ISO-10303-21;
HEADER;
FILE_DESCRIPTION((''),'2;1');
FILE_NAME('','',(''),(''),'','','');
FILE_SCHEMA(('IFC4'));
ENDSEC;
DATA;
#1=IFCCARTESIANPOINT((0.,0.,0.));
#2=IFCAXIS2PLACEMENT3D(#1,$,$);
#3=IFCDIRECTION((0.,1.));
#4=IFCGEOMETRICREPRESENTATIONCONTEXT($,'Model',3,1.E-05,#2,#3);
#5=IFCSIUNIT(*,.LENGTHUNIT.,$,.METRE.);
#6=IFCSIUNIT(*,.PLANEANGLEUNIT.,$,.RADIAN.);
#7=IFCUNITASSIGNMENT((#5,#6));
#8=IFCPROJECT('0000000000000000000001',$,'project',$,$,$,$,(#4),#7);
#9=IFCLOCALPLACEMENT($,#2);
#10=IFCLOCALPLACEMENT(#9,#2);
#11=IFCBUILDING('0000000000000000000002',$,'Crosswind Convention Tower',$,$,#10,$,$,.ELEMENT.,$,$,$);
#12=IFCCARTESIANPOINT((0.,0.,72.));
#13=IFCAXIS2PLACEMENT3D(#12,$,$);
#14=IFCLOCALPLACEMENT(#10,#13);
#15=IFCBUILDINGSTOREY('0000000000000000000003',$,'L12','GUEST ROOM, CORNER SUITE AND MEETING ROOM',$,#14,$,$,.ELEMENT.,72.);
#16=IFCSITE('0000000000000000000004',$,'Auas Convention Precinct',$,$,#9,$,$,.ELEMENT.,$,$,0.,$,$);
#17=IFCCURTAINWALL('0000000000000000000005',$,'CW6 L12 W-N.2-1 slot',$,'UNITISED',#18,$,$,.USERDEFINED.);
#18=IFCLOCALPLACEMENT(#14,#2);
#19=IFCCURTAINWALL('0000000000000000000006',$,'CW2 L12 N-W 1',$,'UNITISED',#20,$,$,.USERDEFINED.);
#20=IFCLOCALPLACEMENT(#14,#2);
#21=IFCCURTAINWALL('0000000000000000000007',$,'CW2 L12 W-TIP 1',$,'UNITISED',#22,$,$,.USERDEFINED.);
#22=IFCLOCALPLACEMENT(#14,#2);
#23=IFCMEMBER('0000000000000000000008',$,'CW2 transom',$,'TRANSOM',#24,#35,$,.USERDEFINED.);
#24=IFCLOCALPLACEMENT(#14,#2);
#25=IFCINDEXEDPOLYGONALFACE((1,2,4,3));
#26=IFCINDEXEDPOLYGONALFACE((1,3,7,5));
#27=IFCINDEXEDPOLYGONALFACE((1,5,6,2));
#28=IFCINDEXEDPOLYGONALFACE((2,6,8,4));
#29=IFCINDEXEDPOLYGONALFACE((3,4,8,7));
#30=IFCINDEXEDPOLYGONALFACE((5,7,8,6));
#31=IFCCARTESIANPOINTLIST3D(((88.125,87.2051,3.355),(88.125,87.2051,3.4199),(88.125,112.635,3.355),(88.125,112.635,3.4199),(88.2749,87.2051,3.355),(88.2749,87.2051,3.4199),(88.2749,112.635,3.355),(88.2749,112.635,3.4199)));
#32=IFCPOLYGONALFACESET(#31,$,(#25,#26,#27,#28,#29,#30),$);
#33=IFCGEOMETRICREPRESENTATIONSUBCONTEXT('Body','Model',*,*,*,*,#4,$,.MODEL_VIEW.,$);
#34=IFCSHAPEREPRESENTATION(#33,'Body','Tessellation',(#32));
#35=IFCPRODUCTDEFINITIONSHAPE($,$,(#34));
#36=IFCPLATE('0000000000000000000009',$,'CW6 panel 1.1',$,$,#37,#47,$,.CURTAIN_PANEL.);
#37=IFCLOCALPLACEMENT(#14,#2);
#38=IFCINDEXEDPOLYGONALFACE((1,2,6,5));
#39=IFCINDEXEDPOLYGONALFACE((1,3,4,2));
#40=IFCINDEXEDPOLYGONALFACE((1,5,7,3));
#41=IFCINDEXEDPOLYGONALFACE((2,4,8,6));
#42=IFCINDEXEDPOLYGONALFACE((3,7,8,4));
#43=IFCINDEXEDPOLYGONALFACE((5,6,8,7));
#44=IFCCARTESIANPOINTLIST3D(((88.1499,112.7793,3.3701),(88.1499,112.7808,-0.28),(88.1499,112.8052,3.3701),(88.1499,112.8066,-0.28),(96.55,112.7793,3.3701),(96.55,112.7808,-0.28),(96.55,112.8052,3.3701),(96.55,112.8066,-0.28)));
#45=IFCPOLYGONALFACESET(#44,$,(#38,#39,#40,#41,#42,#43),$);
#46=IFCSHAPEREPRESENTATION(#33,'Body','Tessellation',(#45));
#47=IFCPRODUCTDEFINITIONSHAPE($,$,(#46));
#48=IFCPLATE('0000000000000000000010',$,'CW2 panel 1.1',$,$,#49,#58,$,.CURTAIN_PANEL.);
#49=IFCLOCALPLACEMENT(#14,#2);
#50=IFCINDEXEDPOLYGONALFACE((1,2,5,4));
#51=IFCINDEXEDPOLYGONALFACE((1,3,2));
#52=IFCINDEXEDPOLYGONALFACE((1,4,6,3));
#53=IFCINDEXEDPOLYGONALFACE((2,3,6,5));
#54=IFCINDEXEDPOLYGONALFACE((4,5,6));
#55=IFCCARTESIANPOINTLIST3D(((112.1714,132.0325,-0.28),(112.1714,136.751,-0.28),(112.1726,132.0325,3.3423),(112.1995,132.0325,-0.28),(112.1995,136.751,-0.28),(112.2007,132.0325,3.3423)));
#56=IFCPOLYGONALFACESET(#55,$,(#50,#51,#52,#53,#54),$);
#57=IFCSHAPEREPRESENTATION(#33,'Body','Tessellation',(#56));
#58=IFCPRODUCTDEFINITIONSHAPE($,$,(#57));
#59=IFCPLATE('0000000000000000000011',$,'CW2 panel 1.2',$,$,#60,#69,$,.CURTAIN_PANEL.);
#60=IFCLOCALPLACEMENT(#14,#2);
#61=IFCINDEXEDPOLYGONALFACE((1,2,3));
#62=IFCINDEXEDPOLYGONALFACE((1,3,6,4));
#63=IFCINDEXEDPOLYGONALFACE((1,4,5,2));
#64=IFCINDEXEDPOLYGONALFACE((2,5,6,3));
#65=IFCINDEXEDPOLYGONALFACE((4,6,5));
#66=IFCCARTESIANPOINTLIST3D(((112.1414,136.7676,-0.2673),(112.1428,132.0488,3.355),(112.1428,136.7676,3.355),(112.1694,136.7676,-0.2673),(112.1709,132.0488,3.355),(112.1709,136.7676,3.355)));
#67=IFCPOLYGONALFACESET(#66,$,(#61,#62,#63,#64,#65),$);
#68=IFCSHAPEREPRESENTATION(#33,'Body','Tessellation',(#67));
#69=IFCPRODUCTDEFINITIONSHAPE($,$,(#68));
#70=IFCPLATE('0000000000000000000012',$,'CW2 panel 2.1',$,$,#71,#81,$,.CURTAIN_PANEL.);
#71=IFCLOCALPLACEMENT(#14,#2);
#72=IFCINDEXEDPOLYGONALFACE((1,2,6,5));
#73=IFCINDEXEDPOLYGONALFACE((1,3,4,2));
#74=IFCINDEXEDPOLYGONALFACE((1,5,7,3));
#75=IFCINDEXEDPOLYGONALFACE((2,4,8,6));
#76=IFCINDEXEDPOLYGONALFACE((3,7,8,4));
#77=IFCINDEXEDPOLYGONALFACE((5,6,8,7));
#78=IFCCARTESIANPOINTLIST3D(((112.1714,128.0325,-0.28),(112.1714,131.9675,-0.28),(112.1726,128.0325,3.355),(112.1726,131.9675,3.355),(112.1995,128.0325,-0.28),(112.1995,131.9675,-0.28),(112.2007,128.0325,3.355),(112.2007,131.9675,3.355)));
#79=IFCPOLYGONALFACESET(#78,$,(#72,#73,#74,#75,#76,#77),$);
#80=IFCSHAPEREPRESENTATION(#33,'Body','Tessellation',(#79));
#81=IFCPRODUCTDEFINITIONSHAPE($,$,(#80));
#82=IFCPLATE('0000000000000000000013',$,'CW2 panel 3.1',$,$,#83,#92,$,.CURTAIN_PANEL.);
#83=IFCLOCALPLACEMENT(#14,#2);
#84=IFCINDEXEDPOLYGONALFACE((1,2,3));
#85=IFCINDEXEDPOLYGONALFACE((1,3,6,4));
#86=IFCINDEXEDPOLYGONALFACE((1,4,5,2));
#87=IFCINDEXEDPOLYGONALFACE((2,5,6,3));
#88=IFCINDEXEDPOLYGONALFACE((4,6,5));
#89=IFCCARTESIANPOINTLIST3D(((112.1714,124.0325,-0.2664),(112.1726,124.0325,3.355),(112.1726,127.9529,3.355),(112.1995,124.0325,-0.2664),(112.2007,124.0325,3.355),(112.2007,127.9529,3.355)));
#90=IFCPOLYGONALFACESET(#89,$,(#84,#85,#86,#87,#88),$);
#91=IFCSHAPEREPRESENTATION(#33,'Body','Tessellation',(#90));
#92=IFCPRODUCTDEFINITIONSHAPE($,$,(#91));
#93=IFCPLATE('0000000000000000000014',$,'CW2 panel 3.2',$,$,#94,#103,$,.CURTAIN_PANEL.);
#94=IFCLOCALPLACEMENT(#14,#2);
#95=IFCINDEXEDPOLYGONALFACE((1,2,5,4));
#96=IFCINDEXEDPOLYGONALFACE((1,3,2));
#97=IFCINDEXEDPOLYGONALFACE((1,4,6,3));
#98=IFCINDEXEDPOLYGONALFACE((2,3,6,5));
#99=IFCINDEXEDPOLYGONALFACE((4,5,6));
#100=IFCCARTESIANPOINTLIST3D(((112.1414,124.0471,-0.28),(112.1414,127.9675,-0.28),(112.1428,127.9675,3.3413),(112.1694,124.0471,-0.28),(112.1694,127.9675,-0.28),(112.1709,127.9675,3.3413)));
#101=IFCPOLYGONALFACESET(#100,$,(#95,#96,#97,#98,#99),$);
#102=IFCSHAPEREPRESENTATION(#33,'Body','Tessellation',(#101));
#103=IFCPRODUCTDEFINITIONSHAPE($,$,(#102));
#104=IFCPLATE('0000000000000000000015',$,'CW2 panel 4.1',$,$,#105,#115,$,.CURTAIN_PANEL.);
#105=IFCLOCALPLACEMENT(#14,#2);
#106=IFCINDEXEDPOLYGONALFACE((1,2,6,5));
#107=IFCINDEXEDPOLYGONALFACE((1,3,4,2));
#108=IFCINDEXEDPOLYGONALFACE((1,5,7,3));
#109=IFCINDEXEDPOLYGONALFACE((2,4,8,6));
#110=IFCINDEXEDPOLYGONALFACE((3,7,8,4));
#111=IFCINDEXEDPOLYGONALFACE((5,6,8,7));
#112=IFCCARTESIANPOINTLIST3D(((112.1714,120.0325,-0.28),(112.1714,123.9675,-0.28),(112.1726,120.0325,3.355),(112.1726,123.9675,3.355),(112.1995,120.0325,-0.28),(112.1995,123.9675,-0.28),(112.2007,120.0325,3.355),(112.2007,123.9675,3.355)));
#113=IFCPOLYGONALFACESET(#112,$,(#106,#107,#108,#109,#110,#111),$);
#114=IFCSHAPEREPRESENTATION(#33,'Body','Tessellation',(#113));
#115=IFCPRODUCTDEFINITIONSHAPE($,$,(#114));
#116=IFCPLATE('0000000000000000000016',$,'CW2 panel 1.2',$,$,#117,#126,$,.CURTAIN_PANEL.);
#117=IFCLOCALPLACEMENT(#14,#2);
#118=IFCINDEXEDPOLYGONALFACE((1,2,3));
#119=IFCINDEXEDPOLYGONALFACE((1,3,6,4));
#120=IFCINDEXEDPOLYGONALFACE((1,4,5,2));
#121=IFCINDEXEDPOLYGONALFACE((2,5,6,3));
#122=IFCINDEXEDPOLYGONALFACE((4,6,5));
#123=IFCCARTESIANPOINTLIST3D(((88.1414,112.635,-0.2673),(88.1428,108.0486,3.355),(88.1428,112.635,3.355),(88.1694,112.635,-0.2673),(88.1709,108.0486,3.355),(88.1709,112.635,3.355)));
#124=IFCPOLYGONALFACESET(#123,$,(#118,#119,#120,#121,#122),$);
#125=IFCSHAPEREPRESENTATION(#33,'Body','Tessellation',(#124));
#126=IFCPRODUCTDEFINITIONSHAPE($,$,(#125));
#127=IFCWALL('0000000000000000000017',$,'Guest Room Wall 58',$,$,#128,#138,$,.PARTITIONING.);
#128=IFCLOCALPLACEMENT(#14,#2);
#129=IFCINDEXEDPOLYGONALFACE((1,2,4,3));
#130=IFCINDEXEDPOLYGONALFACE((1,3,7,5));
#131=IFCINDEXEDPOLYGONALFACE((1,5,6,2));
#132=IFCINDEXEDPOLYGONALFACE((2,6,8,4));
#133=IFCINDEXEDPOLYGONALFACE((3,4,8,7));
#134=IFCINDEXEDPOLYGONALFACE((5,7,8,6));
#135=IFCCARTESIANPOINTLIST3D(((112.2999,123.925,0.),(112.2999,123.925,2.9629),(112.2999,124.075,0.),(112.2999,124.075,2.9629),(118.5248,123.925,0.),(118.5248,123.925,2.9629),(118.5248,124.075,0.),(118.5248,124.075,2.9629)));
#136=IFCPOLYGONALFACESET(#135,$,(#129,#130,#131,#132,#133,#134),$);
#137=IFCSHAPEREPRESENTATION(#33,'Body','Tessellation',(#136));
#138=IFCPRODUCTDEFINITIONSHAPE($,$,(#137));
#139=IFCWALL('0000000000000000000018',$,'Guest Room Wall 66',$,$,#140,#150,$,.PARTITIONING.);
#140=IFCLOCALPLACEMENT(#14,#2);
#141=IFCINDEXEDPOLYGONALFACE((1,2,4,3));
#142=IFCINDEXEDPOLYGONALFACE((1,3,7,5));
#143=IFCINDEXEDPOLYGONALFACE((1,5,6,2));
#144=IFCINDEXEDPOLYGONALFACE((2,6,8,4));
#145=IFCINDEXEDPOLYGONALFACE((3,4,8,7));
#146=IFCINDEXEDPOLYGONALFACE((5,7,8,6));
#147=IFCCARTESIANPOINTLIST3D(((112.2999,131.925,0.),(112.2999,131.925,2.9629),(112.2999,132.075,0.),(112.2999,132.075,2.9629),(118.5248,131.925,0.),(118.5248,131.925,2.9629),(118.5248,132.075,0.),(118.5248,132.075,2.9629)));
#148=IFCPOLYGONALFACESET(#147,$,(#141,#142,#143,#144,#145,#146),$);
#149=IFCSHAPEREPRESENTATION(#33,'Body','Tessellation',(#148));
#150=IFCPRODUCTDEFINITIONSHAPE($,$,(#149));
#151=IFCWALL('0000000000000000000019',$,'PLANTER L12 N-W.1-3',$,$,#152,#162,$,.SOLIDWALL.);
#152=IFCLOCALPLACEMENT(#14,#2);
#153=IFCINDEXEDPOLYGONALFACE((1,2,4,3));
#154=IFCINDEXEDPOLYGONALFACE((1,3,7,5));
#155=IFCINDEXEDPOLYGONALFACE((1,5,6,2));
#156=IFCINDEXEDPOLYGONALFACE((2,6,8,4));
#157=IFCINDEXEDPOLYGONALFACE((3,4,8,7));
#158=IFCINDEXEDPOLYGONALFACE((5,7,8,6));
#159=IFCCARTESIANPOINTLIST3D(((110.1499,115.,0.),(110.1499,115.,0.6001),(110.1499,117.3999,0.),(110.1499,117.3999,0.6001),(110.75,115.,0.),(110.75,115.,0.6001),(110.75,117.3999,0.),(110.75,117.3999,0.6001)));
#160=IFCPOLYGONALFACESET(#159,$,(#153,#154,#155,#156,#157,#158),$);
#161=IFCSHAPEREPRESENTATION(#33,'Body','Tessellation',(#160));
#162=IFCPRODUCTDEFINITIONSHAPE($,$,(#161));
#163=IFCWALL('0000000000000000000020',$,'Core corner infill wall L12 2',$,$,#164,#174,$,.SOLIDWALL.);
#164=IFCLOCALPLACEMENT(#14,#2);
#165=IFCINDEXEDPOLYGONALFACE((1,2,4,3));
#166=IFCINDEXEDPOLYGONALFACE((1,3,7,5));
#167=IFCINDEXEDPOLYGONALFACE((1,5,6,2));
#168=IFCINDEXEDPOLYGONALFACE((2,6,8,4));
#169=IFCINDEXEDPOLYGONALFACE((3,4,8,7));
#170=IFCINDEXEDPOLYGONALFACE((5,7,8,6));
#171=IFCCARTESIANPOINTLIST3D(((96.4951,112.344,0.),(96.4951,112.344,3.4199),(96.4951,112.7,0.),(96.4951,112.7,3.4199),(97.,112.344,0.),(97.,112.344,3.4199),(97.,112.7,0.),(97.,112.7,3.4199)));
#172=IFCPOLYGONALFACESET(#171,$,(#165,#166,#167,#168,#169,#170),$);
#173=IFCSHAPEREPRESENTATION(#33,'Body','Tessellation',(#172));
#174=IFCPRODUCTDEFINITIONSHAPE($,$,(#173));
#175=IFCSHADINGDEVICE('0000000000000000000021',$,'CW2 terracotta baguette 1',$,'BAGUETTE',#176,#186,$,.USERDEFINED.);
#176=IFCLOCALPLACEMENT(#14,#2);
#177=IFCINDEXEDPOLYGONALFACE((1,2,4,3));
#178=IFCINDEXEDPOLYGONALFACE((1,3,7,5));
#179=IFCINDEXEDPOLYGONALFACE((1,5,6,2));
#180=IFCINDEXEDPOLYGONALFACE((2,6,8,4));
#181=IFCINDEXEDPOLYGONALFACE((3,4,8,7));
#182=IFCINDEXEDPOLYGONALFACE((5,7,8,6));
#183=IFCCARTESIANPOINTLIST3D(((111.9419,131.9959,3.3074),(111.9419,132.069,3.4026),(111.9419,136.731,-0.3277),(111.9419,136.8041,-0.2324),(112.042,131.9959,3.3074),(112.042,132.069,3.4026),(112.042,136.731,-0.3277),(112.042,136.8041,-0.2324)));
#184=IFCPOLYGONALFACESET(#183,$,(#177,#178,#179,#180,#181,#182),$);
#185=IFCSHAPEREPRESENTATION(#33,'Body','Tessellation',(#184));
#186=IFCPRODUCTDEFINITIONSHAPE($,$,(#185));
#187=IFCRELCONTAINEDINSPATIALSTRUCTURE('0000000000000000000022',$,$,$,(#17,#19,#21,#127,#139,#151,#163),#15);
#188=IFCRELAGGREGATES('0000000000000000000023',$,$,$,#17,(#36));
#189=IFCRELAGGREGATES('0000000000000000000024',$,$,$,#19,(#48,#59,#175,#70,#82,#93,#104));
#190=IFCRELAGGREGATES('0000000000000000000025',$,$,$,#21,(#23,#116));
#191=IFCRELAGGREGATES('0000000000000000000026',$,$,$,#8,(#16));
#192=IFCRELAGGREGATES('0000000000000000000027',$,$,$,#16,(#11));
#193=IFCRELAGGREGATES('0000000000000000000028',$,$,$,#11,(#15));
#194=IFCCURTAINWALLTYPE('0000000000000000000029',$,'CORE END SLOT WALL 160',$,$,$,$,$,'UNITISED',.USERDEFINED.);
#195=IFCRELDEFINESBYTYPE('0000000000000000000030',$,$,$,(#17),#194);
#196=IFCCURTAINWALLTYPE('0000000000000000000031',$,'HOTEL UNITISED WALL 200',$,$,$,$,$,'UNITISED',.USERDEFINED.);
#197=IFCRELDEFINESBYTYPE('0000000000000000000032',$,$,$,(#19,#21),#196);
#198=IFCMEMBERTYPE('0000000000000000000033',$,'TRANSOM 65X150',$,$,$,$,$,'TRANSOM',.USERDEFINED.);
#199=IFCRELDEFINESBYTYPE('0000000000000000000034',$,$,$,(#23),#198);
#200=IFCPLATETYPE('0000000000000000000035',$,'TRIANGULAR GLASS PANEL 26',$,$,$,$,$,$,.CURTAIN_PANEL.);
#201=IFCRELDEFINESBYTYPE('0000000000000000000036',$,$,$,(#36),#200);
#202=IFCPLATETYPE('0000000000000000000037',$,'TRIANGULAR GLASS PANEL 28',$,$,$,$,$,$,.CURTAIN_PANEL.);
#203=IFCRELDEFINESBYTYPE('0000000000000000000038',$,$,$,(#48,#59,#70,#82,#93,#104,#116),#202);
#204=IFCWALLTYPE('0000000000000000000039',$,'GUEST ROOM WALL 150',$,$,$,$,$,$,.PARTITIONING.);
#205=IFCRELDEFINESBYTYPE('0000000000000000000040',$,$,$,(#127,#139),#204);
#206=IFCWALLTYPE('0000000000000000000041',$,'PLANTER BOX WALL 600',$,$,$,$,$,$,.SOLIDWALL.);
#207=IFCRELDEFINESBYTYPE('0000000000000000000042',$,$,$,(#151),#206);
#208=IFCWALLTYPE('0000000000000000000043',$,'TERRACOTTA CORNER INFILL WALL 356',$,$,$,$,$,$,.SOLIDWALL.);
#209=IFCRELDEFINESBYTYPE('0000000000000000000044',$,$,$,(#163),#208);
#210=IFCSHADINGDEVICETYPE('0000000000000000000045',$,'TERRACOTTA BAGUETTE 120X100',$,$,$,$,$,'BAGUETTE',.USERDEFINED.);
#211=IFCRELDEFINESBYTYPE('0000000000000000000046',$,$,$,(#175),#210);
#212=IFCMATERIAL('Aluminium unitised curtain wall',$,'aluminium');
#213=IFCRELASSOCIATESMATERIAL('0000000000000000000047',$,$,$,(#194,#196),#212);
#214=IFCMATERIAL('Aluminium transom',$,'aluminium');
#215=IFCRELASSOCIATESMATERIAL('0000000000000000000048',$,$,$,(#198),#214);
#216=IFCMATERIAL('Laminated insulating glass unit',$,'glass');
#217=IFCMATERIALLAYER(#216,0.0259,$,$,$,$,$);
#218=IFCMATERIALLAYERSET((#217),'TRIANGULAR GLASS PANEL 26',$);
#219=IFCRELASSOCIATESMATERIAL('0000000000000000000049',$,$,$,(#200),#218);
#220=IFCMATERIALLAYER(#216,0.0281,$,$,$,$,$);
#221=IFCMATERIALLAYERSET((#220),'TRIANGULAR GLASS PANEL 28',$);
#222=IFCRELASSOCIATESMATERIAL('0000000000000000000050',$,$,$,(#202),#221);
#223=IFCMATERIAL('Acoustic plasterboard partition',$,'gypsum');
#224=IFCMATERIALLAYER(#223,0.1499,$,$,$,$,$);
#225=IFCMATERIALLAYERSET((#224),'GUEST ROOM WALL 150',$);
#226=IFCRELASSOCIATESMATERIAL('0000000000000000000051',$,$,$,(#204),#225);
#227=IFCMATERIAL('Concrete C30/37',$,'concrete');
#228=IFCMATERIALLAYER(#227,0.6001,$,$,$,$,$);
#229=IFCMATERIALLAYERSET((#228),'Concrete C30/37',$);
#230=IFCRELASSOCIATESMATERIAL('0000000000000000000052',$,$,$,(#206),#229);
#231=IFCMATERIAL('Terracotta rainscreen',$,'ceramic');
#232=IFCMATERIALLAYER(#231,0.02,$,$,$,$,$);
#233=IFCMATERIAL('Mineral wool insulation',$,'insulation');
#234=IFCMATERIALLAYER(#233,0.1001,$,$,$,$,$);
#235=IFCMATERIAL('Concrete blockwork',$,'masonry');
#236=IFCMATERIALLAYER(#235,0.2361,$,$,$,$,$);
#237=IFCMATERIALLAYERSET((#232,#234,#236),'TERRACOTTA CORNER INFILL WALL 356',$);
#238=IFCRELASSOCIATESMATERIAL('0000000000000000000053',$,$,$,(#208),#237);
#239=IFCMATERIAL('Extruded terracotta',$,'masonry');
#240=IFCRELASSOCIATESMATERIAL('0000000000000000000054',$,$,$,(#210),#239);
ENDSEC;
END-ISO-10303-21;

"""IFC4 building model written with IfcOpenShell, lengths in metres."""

from ifc_helpers import new_model, si_unit, direction, frame, frame_2d, origin, origin_2d, place, context, subcontext, project, spatial, polyline, rectangle, outline, extrude, material, layer, layer_set, material_profile, profile_set, type_object, element, aggregate, save


model = new_model("IFC4")

# Units and contexts
model_context = context("Model", 3, precision=1e-05, world=origin(), true_north=direction((0.0, 1.0)))
body_context = subcontext(model_context, "Body", "Model", "MODEL_VIEW")
ifc_project = project(units=[si_unit("LENGTHUNIT", "METRE"), si_unit("PLANEANGLEUNIT", "RADIAN")], contexts=[model_context])

# Site, building, storey
site_placement = place(None, origin())
site = spatial("IfcSite", under=ifc_project, at=site_placement, Name="Auas Convention Precinct", CompositionType="ELEMENT", RefElevation=0.0)
building_placement = place(site_placement, origin())
building = spatial("IfcBuilding", under=site, at=building_placement, Name="Crosswind Convention Tower", CompositionType="ELEMENT")
storey_placement = place(building_placement, frame((0.0, 0.0, 72.0)))
storey = spatial("IfcBuildingStorey", under=building, at=storey_placement, Name="L12", Description="GUEST ROOM, CORNER SUITE AND MEETING ROOM", CompositionType="ELEMENT", Elevation=72.0)

# Curtain wall
ifc_material_1 = material(Name="Aluminium unitised curtain wall", Category="aluminium")
curtain_wall_type_1 = type_object("IfcCurtainWallType", Name="CORE END SLOT WALL 160", ElementType="UNITISED", PredefinedType="USERDEFINED", material=ifc_material_1)
curtain_wall_1_placement = place(storey_placement, origin())
curtain_wall_1 = element("IfcCurtainWall", 1, at=curtain_wall_1_placement, inside=storey, type_object=curtain_wall_type_1, Name="CW6 L12 W-N.2-1 slot", ObjectType="UNITISED", PredefinedType="USERDEFINED")

# Shared definitions
curtain_wall_type_2 = type_object("IfcCurtainWallType", Name="HOTEL UNITISED WALL 200", ElementType="UNITISED", PredefinedType="USERDEFINED", material=ifc_material_1)

# Curtain wall
curtain_wall_2_placement = place(storey_placement, origin())
curtain_wall_2 = element("IfcCurtainWall", 2, at=curtain_wall_2_placement, inside=storey, type_object=curtain_wall_type_2, Name="CW2 L12 N-W 1", ObjectType="UNITISED", PredefinedType="USERDEFINED")

# Curtain wall
curtain_wall_3_placement = place(storey_placement, origin())
curtain_wall_3 = element("IfcCurtainWall", 3, at=curtain_wall_3_placement, inside=storey, type_object=curtain_wall_type_2, Name="CW2 L12 W-TIP 1", ObjectType="UNITISED", PredefinedType="USERDEFINED")

# Member
ifc_material_2 = material(Name="Aluminium transom", Category="aluminium")
ifc_material_profile_1 = material_profile(ifc_material_2, rectangle(XDim=0.1499, YDim=0.0649, at=origin_2d()), Name="AL 150X65")
ifc_profile_set_1 = profile_set([ifc_material_profile_1], Name="Aluminium transom")
member_type_1 = type_object("IfcMemberType", Name="TRANSOM 65X150", ElementType="TRANSOM", PredefinedType="USERDEFINED", material=ifc_profile_set_1)
member_1_placement = place(storey_placement, frame((88.2, 112.635, 3.3875), z_axis=(0.0, -1.0, 0.0), x_axis=(1.0, 0.0, 0.0)))
member_1 = element("IfcMember", 4, at=member_1_placement, type_object=member_type_1, Name="CW2 transom", ObjectType="TRANSOM", PredefinedType="USERDEFINED", context=body_context, shape_type="SweptSolid", body=[
    extrude(rectangle(XDim=0.1499, YDim=0.0649, at=origin_2d()), origin(), (0.0, 0.0, 1.0), 25.4299),
])

# Plates
ifc_material_3 = material(Name="Laminated insulating glass unit", Category="glass")
ifc_layer_1 = layer(ifc_material_3, 0.0259)
ifc_layer_set_1 = layer_set([ifc_layer_1], Name="TRIANGULAR GLASS PANEL 26")
plate_type_1 = type_object("IfcPlateType", Name="TRIANGULAR GLASS PANEL 26", PredefinedType="CURTAIN_PANEL", material=ifc_layer_set_1)
plate_1_placement = place(storey_placement, frame((96.55, 112.8066, -0.28), z_axis=(0.0, 1.0, 0.000401), x_axis=(-1.0, 0.0, 0.0)))
plate_1 = element("IfcPlate", 5, at=plate_1_placement, type_object=plate_type_1, Name="CW6 panel 1.1", PredefinedType="CURTAIN_PANEL", context=body_context, shape_type="SweptSolid", body=[
    extrude(outline(polyline([(0.0, 0.0), (8.4001, 0.0), (8.4001, 3.6501), (0.0, 3.6501), (0.0, 0.0)])), origin(), (0.0, 0.0, -1.0), 0.0259),
])
aggregate(curtain_wall_1, [plate_1])
ifc_layer_2 = layer(ifc_material_3, 0.0281)
ifc_layer_set_2 = layer_set([ifc_layer_2], Name="TRIANGULAR GLASS PANEL 28")
plate_type_2 = type_object("IfcPlateType", Name="TRIANGULAR GLASS PANEL 28", PredefinedType="CURTAIN_PANEL", material=ifc_layer_set_2)
plate_2_placement = place(storey_placement, frame((112.1714, 132.0325, -0.28), z_axis=(-1.0, 0.0, 0.000337), x_axis=(0.000337, 0.0, 1.0)))
plate_2 = element("IfcPlate", 6, at=plate_2_placement, type_object=plate_type_2, Name="CW2 panel 1.1", PredefinedType="CURTAIN_PANEL", context=body_context, shape_type="SweptSolid", body=[
    extrude(outline(polyline([(0.0, 0.0), (3.6223, 0.0), (0.0, 4.7185), (0.0, 0.0)])), origin(), (0.0, 0.0, -1.0), 0.0281),
])
plate_3_placement = place(storey_placement, frame((112.1428, 136.7676, 3.355), z_axis=(-1.0, 0.0, 0.000404), x_axis=(-0.000404, 0.0, -1.0)))
plate_3 = element("IfcPlate", 7, at=plate_3_placement, type_object=plate_type_2, Name="CW2 panel 1.2", PredefinedType="CURTAIN_PANEL", context=body_context, shape_type="SweptSolid", body=[
    extrude(outline(polyline([(0.0, 0.0), (3.6223, 0.0), (0.0, 4.7188), (0.0, 0.0)])), origin(), (0.0, 0.0, -1.0), 0.0281),
])
plate_4_placement = place(storey_placement, frame((112.1714, 131.9675, -0.28), z_axis=(-1.0, 0.0, 0.000336), x_axis=(0.0, -1.0, 0.0)))
plate_4 = element("IfcPlate", 8, at=plate_4_placement, type_object=plate_type_2, Name="CW2 panel 2.1", PredefinedType="CURTAIN_PANEL", context=body_context, shape_type="SweptSolid", body=[
    extrude(outline(polyline([(0.0, 0.0), (3.9351, 0.0), (3.9351, 3.635), (0.0, 3.635), (0.0, 0.0)])), origin(), (0.0, 0.0, -1.0), 0.0281),
])
plate_5_placement = place(storey_placement, frame((112.1726, 124.0325, 3.355), z_axis=(-1.0, 0.0, 0.000337), x_axis=(0.0, 1.0, 0.0)))
plate_5 = element("IfcPlate", 9, at=plate_5_placement, type_object=plate_type_2, Name="CW2 panel 3.1", PredefinedType="CURTAIN_PANEL", context=body_context, shape_type="SweptSolid", body=[
    extrude(outline(polyline([(0.0, 0.0), (3.9204, 0.0), (0.0, 3.6213), (0.0, 0.0)])), origin(), (0.0, 0.0, -1.0), 0.0281),
])
plate_6_placement = place(storey_placement, frame((112.1414, 127.9675, -0.28), z_axis=(-1.0, 0.0, 0.000405), x_axis=(0.0, -1.0, 0.0)))
plate_6 = element("IfcPlate", 10, at=plate_6_placement, type_object=plate_type_2, Name="CW2 panel 3.2", PredefinedType="CURTAIN_PANEL", context=body_context, shape_type="SweptSolid", body=[
    extrude(outline(polyline([(0.0, 0.0), (3.9204, 0.0), (0.0, 3.6213), (0.0, 0.0)])), origin(), (0.0, 0.0, -1.0), 0.0281),
])
plate_7_placement = place(storey_placement, frame((112.1714, 123.9675, -0.28), z_axis=(-1.0, 0.0, 0.000336), x_axis=(0.0, -1.0, 0.0)))
plate_7 = element("IfcPlate", 11, at=plate_7_placement, type_object=plate_type_2, Name="CW2 panel 4.1", PredefinedType="CURTAIN_PANEL", context=body_context, shape_type="SweptSolid", body=[
    extrude(outline(polyline([(0.0, 0.0), (3.9351, 0.0), (3.9351, 3.635), (0.0, 3.635), (0.0, 0.0)])), origin(), (0.0, 0.0, -1.0), 0.0281),
])
plate_8_placement = place(storey_placement, frame((88.1428, 112.635, 3.355), z_axis=(-1.0, 0.0, 0.000404), x_axis=(-0.000404, 0.0, -1.0)))
plate_8 = element("IfcPlate", 12, at=plate_8_placement, type_object=plate_type_2, Name="CW2 panel 1.2", PredefinedType="CURTAIN_PANEL", context=body_context, shape_type="SweptSolid", body=[
    extrude(outline(polyline([(0.0, 0.0), (3.6223, 0.0), (0.0, 4.5864), (0.0, 0.0)])), origin(), (0.0, 0.0, -1.0), 0.0281),
])

# Walls
ifc_material_4 = material(Name="Acoustic plasterboard partition", Category="gypsum")
ifc_layer_3 = layer(ifc_material_4, 0.1499)
ifc_layer_set_3 = layer_set([ifc_layer_3], Name="GUEST ROOM WALL 150")
wall_type_1 = type_object("IfcWallType", Name="GUEST ROOM WALL 150", PredefinedType="PARTITIONING", material=ifc_layer_set_3)
for number, where, z_axis, x_axis, name in (
    (13, (112.3, 124.0, 0.0), (0.0, 0.0, 1.0), (1.0, 0.0, 0.0), "Guest Room Wall 58"),
    (14, (112.3, 132.0, 0.0), (0.0, 0.0, 1.0), (1.0, 0.0, 0.0), "Guest Room Wall 66"),
):
    element("IfcWall", number, at=place(storey_placement, frame(where, z_axis=z_axis, x_axis=x_axis)), inside=storey, type_object=wall_type_1, Name=name, PredefinedType="PARTITIONING", context=body_context, shape_type="SweptSolid", body=[
        extrude(rectangle(XDim=6.2249, YDim=0.1499, at=frame_2d((3.1123, 0.0))), origin(), (0.0, 0.0, 1.0), 2.9629),
    ])
ifc_material_5 = material(Name="Concrete C30/37", Category="concrete")
ifc_layer_4 = layer(ifc_material_5, 0.6001)
ifc_layer_set_4 = layer_set([ifc_layer_4], Name="Concrete C30/37")
wall_type_2 = type_object("IfcWallType", Name="PLANTER BOX WALL 600", PredefinedType="SOLIDWALL", material=ifc_layer_set_4)
wall_1_placement = place(storey_placement, frame((110.45, 117.3999, 0.0), z_axis=(0.0, 0.0, 1.0), x_axis=(0.0, -1.0, 0.0)))
element("IfcWall", 15, at=wall_1_placement, inside=storey, type_object=wall_type_2, Name="PLANTER L12 N-W.1-3", PredefinedType="SOLIDWALL", context=body_context, shape_type="SweptSolid", body=[
    extrude(rectangle(XDim=2.3999, YDim=0.6001, at=frame_2d((1.2, 0.0))), origin(), (0.0, 0.0, 1.0), 0.6001),
])
ifc_material_6 = material(Name="Terracotta rainscreen", Category="ceramic")
ifc_layer_5 = layer(ifc_material_6, 0.02)
ifc_material_7 = material(Name="Mineral wool insulation", Category="insulation")
ifc_layer_6 = layer(ifc_material_7, 0.1001)
ifc_material_8 = material(Name="Concrete blockwork", Category="masonry")
ifc_layer_7 = layer(ifc_material_8, 0.2361)
ifc_layer_set_5 = layer_set([ifc_layer_5, ifc_layer_6, ifc_layer_7], Name="TERRACOTTA CORNER INFILL WALL 356")
wall_type_3 = type_object("IfcWallType", Name="TERRACOTTA CORNER INFILL WALL 356", PredefinedType="SOLIDWALL", material=ifc_layer_set_5)
wall_2_placement = place(storey_placement, frame((96.4951, 112.522, 0.0), z_axis=(0.0, 0.0, 1.0), x_axis=(1.0, 0.0, 0.0)))
element("IfcWall", 16, at=wall_2_placement, inside=storey, type_object=wall_type_3, Name="Core corner infill wall L12 2", PredefinedType="SOLIDWALL", context=body_context, shape_type="SweptSolid", body=[
    extrude(rectangle(XDim=0.5049, YDim=0.356, at=frame_2d((0.2524, 0.0))), origin(), (0.0, 0.0, 1.0), 3.4199),
])

# Shading device
ifc_material_9 = material(Name="Extruded terracotta", Category="masonry")
ifc_material_profile_2 = material_profile(ifc_material_9, rectangle(XDim=0.1001, YDim=0.1201, at=origin_2d()), Name="TC 100X120")
ifc_profile_set_2 = profile_set([ifc_material_profile_2], Name="Extruded terracotta")
shading_device_type = type_object("IfcShadingDeviceType", Name="TERRACOTTA BAGUETTE 120X100", ElementType="BAGUETTE", PredefinedType="USERDEFINED", material=ifc_profile_set_2)
shading_device_1_placement = place(storey_placement, frame((111.9919, 136.7676, -0.28), z_axis=(0.0, -0.793221, 0.608934), x_axis=(1.0, 0.0, 0.0)))
shading_device_1 = element("IfcShadingDevice", 17, at=shading_device_1_placement, type_object=shading_device_type, Name="CW2 terracotta baguette 1", ObjectType="BAGUETTE", PredefinedType="USERDEFINED", context=body_context, shape_type="SweptSolid", body=[
    extrude(rectangle(XDim=0.1001, YDim=0.1201, at=origin_2d()), origin(), (0.0, 0.0, 1.0), 5.9695),
])
aggregate(curtain_wall_2, [plate_2, plate_3, shading_device_1, plate_4, plate_5, plate_6, plate_7])
aggregate(curtain_wall_3, [member_1, plate_8])

save(model, "model.ifc")
